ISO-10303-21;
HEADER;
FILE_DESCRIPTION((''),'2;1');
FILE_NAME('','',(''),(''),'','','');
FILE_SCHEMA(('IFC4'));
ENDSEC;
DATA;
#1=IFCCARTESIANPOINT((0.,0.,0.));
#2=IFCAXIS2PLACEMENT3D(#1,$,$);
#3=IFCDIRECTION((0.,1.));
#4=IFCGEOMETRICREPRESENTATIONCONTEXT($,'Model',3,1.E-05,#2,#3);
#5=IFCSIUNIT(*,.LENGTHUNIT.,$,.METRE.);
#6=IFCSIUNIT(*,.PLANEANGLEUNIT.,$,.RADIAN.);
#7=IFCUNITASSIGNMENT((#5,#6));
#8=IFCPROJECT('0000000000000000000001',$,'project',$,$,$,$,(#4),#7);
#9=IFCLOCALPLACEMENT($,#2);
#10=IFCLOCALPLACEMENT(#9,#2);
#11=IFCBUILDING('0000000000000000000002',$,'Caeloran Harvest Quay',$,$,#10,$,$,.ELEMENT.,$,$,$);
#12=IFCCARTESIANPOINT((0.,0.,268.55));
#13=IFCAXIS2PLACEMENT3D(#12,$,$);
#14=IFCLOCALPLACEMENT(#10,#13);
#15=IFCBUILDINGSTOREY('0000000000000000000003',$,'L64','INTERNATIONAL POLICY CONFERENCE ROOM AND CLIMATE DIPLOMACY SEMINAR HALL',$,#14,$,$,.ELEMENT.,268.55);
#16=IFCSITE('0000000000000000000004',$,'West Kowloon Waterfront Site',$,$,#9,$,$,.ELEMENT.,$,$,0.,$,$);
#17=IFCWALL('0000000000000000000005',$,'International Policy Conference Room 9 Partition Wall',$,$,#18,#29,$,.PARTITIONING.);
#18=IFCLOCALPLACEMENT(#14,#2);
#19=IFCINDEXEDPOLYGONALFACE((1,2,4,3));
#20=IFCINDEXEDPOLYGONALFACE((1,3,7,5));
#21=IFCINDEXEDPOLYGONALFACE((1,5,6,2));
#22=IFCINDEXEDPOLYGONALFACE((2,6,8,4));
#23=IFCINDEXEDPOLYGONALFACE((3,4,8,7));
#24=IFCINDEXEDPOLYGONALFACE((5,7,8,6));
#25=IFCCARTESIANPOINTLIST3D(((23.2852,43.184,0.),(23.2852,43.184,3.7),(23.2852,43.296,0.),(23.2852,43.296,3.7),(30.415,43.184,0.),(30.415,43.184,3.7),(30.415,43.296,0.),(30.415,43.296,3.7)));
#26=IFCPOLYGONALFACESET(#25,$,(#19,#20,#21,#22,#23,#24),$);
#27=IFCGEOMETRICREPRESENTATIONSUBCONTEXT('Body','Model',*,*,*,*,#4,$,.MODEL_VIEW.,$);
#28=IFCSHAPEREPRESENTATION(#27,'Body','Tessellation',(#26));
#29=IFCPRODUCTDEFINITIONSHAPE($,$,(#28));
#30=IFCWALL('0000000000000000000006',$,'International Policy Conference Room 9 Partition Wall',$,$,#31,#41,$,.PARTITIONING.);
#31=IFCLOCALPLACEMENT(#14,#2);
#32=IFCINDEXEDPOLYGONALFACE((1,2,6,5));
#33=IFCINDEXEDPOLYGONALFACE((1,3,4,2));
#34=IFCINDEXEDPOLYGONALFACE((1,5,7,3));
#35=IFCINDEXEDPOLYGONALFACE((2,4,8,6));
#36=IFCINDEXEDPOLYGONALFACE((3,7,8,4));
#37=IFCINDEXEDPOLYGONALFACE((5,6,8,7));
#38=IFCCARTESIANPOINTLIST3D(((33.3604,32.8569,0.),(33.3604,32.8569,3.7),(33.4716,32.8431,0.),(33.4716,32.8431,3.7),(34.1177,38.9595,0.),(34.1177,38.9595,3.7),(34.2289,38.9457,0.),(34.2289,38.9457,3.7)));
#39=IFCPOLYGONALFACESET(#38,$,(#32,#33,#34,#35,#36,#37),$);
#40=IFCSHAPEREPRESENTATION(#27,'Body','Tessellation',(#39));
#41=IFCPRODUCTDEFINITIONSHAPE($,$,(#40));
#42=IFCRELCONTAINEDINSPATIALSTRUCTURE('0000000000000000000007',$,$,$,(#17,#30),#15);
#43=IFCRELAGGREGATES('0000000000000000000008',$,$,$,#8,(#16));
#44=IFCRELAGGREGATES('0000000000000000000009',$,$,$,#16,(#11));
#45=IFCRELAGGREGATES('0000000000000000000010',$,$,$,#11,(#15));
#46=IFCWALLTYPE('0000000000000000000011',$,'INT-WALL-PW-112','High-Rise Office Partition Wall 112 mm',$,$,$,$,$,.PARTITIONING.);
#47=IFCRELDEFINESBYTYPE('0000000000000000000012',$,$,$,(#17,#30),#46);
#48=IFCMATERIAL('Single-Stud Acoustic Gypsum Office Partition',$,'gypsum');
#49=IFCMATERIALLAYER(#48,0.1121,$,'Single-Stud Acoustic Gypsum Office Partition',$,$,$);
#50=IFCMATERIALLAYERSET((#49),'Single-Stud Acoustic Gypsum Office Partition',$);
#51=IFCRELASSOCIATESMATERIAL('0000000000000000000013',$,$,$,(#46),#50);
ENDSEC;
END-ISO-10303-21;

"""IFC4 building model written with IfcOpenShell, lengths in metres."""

from ifc_helpers import new_model, si_unit, direction, frame, frame_2d, origin, place, context, subcontext, project, spatial, rectangle, extrude, material, layer, layer_set, type_object, element, save


model = new_model("IFC4")

# Units and contexts
model_context = context("Model", 3, precision=1e-05, world=origin(), true_north=direction((0.0, 1.0)))
body_context = subcontext(model_context, "Body", "Model", "MODEL_VIEW")
ifc_project = project(units=[si_unit("LENGTHUNIT", "METRE"), si_unit("PLANEANGLEUNIT", "RADIAN")], contexts=[model_context])

# Site, building, storey
site_placement = place(None, origin())
site = spatial("IfcSite", under=ifc_project, at=site_placement, Name="West Kowloon Waterfront Site", CompositionType="ELEMENT", RefElevation=0.0)
building_placement = place(site_placement, origin())
building = spatial("IfcBuilding", under=site, at=building_placement, Name="Caeloran Harvest Quay", CompositionType="ELEMENT")
storey_placement = place(building_placement, frame((0.0, 0.0, 268.55)))
storey = spatial("IfcBuildingStorey", under=building, at=storey_placement, Name="L64", Description="INTERNATIONAL POLICY CONFERENCE ROOM AND CLIMATE DIPLOMACY SEMINAR HALL", CompositionType="ELEMENT", Elevation=268.55)

# Walls
ifc_material_1 = material(Name="Single-Stud Acoustic Gypsum Office Partition", Category="gypsum")
ifc_layer_1 = layer(ifc_material_1, 0.1121, Name="Single-Stud Acoustic Gypsum Office Partition")
ifc_layer_set_1 = layer_set([ifc_layer_1], Name="Single-Stud Acoustic Gypsum Office Partition")
wall_type_1 = type_object("IfcWallType", Name="INT-WALL-PW-112", Description="High-Rise Office Partition Wall 112 mm", PredefinedType="PARTITIONING", material=ifc_layer_set_1)
wall_1_placement = place(storey_placement, frame((23.2852, 43.24, 0.0), z_axis=(0.0, 0.0, 1.0), x_axis=(1.0, 0.0, 0.0)))
element("IfcWall", 1, at=wall_1_placement, inside=storey, type_object=wall_type_1, Name="International Policy Conference Room 9 Partition Wall", PredefinedType="PARTITIONING", context=body_context, shape_type="SweptSolid", body=[
    extrude(rectangle(XDim=7.1299, YDim=0.1121, at=frame_2d((3.5649, 0.0))), origin(), (0.0, 0.0, 1.0), 3.7),
])
wall_2_placement = place(storey_placement, frame((34.1733, 38.9526, 0.0), z_axis=(0.0, 0.0, 1.0), x_axis=(-0.123155, -0.992387, 0.0)))
element("IfcWall", 2, at=wall_2_placement, inside=storey, type_object=wall_type_1, Name="International Policy Conference Room 9 Partition Wall", PredefinedType="PARTITIONING", context=body_context, shape_type="SweptSolid", body=[
    extrude(rectangle(XDim=6.1494, YDim=0.1121, at=frame_2d((3.0747, 0.0))), origin(), (0.0, 0.0, 1.0), 3.7),
])

save(model, "model.ifc")
